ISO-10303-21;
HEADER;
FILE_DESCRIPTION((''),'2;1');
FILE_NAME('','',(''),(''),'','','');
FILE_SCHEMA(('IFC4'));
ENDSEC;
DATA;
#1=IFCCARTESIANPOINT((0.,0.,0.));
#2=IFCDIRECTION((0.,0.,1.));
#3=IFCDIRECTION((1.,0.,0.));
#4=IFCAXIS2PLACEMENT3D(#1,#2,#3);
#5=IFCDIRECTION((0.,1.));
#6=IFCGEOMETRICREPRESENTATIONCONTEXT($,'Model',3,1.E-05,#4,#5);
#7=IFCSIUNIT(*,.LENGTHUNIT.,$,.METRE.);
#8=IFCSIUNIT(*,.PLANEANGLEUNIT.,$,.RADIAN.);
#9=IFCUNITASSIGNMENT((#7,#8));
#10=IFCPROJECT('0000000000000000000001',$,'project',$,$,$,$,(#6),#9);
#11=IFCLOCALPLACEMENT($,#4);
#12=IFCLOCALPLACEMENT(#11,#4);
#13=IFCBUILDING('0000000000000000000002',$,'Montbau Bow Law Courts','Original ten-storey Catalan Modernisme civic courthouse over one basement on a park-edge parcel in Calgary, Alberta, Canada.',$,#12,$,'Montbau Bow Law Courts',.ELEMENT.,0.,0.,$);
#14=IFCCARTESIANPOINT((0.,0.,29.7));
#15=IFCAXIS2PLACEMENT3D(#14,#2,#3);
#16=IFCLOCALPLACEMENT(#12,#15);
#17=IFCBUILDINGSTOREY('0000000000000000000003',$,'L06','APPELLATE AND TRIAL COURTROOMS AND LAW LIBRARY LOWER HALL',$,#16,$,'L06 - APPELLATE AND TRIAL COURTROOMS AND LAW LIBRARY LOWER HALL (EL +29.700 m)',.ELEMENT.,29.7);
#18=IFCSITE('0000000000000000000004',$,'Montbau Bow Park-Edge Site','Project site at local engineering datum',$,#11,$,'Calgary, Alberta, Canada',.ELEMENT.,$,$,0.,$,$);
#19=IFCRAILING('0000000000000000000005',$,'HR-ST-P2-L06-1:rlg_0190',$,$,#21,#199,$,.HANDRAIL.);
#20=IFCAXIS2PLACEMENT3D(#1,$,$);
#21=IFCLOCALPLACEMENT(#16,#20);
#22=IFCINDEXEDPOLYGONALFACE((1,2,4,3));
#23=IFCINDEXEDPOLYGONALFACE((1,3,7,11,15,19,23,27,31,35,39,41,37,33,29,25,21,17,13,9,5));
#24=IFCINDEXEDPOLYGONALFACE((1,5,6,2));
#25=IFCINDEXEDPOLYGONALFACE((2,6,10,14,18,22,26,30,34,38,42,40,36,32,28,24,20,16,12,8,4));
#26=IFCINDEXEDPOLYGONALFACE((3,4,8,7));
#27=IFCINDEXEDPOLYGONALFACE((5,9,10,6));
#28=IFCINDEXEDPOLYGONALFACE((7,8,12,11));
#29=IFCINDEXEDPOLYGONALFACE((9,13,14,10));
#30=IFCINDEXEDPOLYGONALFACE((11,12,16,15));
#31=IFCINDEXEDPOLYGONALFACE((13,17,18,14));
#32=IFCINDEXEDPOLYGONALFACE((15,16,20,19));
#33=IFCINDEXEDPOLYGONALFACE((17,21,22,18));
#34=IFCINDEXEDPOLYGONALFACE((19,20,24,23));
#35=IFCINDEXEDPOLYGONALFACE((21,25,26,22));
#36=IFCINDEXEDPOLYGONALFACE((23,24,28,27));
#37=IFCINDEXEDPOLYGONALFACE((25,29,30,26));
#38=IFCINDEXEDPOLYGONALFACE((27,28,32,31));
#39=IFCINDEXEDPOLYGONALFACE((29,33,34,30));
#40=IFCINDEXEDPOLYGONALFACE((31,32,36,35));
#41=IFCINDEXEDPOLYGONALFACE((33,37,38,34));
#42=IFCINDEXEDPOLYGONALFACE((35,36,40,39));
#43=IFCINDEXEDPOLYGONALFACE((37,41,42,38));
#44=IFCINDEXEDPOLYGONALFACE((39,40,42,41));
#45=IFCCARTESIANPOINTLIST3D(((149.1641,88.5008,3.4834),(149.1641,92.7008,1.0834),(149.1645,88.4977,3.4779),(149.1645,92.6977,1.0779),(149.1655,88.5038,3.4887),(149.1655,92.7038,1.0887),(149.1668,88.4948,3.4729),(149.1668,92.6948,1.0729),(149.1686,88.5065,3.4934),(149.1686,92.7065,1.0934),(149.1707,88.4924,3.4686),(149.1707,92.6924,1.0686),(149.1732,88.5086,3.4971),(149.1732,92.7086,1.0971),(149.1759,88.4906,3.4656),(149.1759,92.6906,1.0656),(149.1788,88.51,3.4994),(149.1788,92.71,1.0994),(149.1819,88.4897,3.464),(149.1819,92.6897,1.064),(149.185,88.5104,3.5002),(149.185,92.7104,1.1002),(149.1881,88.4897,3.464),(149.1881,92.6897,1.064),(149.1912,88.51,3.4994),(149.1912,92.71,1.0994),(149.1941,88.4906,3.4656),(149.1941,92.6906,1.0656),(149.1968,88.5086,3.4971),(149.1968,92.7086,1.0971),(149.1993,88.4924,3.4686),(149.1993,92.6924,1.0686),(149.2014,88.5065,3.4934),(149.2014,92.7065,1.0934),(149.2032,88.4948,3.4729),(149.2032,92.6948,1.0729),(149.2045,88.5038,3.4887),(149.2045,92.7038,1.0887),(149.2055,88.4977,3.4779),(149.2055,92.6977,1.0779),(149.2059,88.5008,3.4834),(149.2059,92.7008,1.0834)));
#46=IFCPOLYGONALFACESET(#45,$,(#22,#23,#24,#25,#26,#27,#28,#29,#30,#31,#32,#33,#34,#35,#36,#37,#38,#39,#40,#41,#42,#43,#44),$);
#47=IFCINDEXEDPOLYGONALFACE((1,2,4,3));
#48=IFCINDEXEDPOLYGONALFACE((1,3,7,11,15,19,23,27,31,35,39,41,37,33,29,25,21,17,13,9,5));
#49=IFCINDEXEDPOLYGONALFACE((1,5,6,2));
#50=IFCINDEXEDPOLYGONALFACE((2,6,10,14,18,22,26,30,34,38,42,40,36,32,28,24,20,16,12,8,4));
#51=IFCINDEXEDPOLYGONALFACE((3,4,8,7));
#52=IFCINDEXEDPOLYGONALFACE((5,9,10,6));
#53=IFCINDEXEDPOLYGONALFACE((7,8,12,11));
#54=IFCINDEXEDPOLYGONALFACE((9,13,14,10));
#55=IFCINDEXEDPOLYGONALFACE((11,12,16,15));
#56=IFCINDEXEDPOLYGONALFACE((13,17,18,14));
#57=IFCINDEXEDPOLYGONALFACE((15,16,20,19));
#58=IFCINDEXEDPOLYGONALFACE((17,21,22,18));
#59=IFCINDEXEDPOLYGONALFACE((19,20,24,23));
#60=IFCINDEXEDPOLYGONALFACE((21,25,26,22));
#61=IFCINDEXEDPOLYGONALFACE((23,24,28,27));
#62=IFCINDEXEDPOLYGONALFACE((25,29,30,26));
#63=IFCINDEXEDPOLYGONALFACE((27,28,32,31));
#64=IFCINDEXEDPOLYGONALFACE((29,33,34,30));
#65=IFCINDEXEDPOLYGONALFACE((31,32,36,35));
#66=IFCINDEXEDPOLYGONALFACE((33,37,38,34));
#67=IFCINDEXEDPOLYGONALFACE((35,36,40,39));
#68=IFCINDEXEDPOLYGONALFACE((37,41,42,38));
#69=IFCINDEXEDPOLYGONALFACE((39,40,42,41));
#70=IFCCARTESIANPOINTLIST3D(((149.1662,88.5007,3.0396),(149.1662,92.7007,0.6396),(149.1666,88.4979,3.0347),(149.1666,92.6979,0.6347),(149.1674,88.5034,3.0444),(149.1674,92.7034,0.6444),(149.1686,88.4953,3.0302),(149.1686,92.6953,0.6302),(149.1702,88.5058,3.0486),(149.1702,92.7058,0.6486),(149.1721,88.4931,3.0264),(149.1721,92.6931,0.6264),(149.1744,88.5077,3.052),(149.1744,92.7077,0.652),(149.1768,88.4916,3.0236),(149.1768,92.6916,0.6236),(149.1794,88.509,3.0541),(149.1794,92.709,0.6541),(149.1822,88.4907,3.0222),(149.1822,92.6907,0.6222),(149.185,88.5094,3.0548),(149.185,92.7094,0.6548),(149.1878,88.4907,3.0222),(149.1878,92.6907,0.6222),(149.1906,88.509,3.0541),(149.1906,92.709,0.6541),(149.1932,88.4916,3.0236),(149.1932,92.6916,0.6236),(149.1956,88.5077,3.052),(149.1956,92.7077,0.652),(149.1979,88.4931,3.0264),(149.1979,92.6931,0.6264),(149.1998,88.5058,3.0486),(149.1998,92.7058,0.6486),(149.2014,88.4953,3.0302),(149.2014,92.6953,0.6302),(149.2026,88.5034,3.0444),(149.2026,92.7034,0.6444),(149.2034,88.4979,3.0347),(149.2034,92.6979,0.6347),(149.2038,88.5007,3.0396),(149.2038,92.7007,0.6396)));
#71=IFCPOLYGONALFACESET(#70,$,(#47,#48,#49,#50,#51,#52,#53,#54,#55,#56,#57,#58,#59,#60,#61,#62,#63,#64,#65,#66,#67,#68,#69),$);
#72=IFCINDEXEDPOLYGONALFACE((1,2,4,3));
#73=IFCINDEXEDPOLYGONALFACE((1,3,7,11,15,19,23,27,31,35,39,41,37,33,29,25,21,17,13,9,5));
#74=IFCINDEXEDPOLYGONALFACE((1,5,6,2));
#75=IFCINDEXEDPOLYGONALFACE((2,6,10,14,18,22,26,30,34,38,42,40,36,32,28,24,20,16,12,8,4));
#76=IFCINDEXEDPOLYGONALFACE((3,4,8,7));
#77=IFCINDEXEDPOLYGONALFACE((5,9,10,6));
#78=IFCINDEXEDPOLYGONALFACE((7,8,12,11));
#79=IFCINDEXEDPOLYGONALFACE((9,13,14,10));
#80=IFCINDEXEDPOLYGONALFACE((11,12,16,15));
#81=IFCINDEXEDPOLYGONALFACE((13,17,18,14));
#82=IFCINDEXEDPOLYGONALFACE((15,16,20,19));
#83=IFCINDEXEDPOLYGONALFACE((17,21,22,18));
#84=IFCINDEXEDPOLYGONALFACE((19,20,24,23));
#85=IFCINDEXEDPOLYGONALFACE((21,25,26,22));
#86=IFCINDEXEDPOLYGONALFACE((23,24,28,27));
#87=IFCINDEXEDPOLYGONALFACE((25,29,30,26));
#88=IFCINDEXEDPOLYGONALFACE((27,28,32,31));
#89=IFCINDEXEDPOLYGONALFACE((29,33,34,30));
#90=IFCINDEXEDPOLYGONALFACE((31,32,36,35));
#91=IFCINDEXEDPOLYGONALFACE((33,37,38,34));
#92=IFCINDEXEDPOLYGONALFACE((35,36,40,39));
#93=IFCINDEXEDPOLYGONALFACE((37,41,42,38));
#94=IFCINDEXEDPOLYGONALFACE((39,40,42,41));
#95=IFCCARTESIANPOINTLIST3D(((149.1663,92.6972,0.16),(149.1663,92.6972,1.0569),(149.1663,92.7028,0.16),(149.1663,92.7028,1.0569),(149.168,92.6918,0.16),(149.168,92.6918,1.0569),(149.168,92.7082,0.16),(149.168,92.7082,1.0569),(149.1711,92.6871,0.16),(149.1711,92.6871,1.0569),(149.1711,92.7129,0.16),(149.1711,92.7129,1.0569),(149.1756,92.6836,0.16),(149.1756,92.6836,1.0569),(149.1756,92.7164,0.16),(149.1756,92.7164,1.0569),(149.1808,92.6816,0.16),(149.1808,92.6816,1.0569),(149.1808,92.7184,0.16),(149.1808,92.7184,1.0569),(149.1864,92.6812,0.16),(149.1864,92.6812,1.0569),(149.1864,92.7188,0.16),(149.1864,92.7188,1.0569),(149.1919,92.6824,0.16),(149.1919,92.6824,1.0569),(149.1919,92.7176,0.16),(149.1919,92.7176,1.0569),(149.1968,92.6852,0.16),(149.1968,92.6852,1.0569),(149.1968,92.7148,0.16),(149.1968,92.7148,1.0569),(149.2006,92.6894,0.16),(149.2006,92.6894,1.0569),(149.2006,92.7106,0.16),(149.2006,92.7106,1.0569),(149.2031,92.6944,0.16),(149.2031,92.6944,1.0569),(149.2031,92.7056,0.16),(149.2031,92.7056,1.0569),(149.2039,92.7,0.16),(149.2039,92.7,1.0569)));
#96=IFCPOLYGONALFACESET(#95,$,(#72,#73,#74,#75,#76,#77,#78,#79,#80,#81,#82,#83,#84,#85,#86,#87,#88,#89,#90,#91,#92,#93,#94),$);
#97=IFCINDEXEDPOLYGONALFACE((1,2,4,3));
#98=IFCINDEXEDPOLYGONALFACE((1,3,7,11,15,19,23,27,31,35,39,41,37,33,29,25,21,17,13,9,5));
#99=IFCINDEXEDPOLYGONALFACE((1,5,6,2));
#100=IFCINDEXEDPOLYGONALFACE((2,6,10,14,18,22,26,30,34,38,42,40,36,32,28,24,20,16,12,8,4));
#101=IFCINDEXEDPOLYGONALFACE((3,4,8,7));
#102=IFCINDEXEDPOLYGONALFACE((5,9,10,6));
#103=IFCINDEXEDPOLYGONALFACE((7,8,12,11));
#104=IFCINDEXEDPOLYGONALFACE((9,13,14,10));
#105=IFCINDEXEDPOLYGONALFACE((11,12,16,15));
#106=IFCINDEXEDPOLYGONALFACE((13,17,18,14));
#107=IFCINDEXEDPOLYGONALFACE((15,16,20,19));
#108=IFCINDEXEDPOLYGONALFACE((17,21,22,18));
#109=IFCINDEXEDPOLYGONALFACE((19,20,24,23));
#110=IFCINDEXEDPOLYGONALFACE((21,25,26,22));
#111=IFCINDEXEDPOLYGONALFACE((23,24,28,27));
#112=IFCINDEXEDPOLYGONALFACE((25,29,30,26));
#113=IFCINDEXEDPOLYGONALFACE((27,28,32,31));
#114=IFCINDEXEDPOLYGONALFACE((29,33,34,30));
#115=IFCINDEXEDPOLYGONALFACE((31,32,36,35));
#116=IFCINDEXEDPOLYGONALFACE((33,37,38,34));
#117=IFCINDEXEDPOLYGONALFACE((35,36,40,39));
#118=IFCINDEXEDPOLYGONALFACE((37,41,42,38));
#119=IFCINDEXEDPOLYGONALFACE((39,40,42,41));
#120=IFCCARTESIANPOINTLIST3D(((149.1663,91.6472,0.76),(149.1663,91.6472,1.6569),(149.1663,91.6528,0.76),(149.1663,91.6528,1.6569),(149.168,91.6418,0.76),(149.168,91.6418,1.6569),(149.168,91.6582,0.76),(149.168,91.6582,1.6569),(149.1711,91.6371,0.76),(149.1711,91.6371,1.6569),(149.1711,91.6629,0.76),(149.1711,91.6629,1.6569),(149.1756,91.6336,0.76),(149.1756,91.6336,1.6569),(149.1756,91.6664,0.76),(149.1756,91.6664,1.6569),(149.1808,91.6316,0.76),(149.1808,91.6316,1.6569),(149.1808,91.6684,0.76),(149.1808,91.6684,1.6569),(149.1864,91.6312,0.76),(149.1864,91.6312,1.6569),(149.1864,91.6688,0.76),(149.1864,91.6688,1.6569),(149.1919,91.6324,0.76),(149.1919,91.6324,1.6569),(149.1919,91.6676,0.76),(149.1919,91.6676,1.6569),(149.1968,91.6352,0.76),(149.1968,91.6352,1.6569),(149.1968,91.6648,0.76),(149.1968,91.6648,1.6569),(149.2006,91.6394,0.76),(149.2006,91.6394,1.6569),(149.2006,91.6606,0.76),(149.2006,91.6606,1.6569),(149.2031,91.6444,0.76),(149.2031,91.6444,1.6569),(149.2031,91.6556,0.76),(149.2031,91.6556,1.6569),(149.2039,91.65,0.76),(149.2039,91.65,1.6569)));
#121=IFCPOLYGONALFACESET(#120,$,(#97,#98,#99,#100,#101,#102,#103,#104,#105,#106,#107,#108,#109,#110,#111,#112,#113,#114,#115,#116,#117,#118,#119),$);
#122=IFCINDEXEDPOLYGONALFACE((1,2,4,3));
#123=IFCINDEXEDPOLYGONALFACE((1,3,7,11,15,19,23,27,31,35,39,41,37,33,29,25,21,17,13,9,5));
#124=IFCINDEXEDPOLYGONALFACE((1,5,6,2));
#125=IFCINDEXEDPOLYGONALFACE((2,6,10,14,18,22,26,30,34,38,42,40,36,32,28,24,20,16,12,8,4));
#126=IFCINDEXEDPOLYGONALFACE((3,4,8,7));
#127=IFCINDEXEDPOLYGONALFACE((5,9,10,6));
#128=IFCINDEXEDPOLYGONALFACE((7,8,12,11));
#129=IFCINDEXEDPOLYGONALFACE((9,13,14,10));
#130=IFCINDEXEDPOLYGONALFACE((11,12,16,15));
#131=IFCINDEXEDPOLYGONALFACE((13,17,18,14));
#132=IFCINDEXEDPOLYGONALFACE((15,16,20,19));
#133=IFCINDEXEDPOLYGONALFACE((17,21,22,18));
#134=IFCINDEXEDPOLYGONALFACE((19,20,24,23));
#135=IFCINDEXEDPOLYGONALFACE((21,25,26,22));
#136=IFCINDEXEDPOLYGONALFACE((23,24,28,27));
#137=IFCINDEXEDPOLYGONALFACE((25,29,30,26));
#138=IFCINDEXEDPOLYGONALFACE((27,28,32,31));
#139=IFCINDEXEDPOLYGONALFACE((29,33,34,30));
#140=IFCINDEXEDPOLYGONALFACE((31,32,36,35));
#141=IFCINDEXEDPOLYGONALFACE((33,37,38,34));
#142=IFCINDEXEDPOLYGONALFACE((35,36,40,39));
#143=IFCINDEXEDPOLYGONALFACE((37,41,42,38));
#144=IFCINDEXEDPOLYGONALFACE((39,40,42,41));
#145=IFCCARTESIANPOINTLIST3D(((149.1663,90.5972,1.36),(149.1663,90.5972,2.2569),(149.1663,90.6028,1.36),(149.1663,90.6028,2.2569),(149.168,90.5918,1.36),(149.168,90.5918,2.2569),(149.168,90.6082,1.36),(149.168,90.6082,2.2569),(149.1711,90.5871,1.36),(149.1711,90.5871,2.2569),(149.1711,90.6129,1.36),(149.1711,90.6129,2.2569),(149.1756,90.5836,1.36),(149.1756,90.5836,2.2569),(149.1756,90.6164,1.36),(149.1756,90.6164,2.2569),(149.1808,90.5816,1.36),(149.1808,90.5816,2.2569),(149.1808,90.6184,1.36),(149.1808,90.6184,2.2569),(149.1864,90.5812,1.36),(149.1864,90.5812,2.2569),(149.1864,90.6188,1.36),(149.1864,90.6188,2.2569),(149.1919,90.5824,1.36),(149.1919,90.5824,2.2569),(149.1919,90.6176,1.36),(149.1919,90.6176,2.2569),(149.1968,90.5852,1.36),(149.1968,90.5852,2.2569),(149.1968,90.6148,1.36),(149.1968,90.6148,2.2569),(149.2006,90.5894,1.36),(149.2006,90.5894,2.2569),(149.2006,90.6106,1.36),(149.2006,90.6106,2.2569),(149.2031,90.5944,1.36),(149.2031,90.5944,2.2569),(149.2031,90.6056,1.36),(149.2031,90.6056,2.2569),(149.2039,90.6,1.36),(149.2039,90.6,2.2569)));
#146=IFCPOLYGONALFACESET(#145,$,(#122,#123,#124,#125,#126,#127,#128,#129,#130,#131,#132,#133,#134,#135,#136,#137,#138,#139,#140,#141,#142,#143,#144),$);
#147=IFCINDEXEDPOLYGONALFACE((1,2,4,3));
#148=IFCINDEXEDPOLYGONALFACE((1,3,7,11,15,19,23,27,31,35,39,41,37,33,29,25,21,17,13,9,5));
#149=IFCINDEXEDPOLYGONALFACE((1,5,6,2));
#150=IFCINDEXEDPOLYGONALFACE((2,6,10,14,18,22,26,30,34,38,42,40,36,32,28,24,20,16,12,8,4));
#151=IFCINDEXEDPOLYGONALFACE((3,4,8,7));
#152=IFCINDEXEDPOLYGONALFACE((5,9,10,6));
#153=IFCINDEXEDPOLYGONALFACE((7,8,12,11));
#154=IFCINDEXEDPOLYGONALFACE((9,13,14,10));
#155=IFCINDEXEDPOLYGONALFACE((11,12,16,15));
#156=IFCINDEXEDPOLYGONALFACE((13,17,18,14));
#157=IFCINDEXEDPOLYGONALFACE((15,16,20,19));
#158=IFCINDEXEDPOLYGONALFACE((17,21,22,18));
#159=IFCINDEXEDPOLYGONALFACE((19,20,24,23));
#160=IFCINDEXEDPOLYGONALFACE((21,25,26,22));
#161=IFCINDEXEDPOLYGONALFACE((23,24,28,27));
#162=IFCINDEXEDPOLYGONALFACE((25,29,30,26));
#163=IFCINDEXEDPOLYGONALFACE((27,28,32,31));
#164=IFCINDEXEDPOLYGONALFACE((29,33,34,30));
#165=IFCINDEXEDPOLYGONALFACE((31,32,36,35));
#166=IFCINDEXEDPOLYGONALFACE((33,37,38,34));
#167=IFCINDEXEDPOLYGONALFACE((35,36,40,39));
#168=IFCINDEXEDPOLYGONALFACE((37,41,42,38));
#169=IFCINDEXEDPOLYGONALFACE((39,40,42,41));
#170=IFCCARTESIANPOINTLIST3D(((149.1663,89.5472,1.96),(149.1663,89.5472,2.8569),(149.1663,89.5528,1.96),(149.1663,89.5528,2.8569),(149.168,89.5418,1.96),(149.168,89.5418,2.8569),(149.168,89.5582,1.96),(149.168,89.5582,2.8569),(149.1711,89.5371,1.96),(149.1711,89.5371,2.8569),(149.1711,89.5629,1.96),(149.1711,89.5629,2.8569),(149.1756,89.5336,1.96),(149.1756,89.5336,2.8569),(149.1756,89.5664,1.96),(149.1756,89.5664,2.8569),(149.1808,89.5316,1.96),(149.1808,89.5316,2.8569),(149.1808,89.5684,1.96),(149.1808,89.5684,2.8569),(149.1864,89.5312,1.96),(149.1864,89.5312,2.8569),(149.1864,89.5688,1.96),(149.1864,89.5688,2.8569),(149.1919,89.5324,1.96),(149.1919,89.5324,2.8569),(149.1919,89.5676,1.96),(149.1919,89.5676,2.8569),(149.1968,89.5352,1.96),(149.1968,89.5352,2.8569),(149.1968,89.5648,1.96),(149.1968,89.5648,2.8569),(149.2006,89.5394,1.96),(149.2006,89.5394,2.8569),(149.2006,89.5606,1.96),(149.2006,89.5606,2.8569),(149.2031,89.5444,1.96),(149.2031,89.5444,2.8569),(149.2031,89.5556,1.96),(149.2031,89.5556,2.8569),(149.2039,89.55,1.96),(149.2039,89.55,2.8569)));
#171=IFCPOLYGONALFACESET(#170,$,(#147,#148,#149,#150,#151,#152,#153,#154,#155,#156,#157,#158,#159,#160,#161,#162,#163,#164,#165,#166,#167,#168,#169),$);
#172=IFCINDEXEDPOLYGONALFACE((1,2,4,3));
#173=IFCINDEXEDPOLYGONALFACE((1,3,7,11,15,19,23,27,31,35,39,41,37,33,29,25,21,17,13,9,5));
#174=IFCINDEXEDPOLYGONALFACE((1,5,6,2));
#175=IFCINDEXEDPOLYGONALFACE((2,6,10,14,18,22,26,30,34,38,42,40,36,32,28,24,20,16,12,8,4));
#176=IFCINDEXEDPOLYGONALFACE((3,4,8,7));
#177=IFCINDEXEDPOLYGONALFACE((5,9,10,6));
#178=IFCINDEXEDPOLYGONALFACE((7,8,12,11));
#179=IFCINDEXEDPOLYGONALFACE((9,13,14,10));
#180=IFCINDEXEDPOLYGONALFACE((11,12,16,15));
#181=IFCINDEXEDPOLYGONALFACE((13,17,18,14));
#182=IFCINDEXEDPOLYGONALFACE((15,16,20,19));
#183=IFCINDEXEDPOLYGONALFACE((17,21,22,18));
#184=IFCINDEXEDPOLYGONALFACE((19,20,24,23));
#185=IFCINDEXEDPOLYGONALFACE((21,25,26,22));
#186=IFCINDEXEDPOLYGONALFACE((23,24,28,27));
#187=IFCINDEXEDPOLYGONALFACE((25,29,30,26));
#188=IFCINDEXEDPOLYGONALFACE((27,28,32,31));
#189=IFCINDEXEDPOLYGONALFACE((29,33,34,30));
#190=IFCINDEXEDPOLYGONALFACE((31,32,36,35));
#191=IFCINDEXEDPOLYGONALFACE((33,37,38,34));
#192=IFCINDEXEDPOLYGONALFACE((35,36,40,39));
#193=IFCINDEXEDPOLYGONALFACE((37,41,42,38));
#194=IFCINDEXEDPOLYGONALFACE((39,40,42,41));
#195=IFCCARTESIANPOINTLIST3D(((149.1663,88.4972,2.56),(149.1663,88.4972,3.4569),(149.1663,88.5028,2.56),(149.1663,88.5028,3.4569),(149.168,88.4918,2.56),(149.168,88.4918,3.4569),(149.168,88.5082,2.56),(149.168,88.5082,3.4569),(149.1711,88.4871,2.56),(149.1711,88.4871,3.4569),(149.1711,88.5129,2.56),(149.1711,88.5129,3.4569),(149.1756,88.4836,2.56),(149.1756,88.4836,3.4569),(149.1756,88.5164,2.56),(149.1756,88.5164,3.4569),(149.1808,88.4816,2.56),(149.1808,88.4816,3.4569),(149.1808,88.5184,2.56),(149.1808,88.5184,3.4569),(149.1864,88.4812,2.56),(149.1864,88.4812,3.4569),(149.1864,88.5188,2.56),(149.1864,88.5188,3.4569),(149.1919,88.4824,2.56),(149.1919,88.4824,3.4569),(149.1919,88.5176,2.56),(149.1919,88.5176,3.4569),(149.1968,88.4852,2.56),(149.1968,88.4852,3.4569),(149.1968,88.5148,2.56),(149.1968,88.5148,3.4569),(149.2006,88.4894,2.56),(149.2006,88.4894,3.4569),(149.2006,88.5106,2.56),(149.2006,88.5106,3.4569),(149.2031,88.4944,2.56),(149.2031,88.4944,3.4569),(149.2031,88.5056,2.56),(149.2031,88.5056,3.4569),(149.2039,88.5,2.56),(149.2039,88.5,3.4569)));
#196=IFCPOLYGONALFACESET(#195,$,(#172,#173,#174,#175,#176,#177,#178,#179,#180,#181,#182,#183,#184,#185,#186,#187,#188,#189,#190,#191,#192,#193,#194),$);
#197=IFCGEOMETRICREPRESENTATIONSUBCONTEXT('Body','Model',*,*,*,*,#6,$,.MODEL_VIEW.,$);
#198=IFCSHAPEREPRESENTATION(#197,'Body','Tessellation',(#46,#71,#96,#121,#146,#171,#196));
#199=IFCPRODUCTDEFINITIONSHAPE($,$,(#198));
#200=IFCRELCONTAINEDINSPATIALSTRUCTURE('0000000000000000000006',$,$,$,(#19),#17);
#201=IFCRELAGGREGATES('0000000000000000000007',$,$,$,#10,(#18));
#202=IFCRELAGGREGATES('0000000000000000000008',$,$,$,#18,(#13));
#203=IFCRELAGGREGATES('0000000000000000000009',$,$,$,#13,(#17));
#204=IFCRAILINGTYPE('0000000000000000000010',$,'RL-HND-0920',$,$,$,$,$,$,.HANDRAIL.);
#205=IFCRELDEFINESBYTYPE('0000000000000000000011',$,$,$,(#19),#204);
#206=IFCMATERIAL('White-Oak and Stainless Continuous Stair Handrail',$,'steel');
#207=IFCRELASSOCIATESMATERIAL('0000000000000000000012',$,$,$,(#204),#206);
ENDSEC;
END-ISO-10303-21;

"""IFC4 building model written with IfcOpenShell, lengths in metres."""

from ifc_helpers import new_model, si_unit, direction, frame, origin_with_axes, origin_2d_with_axis, place, context, subcontext, project, spatial, circle, extrude, material, type_object, element, save


model = new_model("IFC4")

# Units and contexts
model_context = context("Model", 3, precision=1e-05, world=origin_with_axes(), true_north=direction((0.0, 1.0)))
body_context = subcontext(model_context, "Body", "Model", "MODEL_VIEW")
ifc_project = project(units=[si_unit("LENGTHUNIT", "METRE"), si_unit("PLANEANGLEUNIT", "RADIAN")], contexts=[model_context])

# Site, building, storey
site_placement = place(None, origin_with_axes())
site = spatial("IfcSite", under=ifc_project, at=site_placement, Name="Montbau Bow Park-Edge Site", Description="Project site at local engineering datum", LongName="Calgary, Alberta, Canada", CompositionType="ELEMENT", RefElevation=0.0)
building_placement = place(site_placement, origin_with_axes())
building = spatial("IfcBuilding", under=site, at=building_placement, Name="Montbau Bow Law Courts", Description="Original ten-storey Catalan Modernisme civic courthouse over one basement on a park-edge parcel in Calgary, Alberta, Canada.", LongName="Montbau Bow Law Courts", CompositionType="ELEMENT", ElevationOfRefHeight=0.0, ElevationOfTerrain=0.0)
storey_placement = place(building_placement, frame((0.0, 0.0, 29.7), z_axis=(0.0, 0.0, 1.0), x_axis=(1.0, 0.0, 0.0)))
storey = spatial("IfcBuildingStorey", under=building, at=storey_placement, Name="L06", Description="APPELLATE AND TRIAL COURTROOMS AND LAW LIBRARY LOWER HALL", LongName="L06 - APPELLATE AND TRIAL COURTROOMS AND LAW LIBRARY LOWER HALL (EL +29.700 m)", CompositionType="ELEMENT", Elevation=29.7)

# Railing
ifc_material_1 = material(Name="White-Oak and Stainless Continuous Stair Handrail", Category="steel")
railing_type_1 = type_object("IfcRailingType", Name="RL-HND-0920", PredefinedType="HANDRAIL", material=ifc_material_1)
railing_1_placement = place(None, origin_with_axes())
element("IfcRailing", 1, at=railing_1_placement, inside=storey, type_object=railing_type_1, Name="HR-ST-P2-L06-1:rlg_0190", PredefinedType="HANDRAIL", context=body_context, shape_type="SweptSolid", body=[
    extrude(circle(Radius=0.021, at=origin_2d_with_axis()), frame((149.185, 92.7, 30.782), z_axis=(0.0, -0.868243, 0.496139), x_axis=(0.0, 0.496139, 0.868243)), (0.0, 0.0, 1.0), 4.8374),
    extrude(circle(Radius=0.0189, at=origin_2d_with_axis()), frame((149.185, 92.7, 30.3384), z_axis=(0.0, -0.868243, 0.496139), x_axis=(0.0, 0.496139, 0.868243)), (0.0, 0.0, 1.0), 4.8374),
    extrude(circle(Radius=0.0189, at=origin_2d_with_axis()), frame((149.185, 92.7, 29.86), z_axis=(0.0, 0.0, 1.0), x_axis=(1.0, 0.0, 0.0)), (0.0, 0.0, 1.0), 0.8969),
    extrude(circle(Radius=0.0189, at=origin_2d_with_axis()), frame((149.185, 91.65, 30.46), z_axis=(0.0, 0.0, 1.0), x_axis=(1.0, 0.0, 0.0)), (0.0, 0.0, 1.0), 0.8969),
    extrude(circle(Radius=0.0189, at=origin_2d_with_axis()), frame((149.185, 90.6, 31.06), z_axis=(0.0, 0.0, 1.0), x_axis=(1.0, 0.0, 0.0)), (0.0, 0.0, 1.0), 0.8969),
    extrude(circle(Radius=0.0189, at=origin_2d_with_axis()), frame((149.185, 89.55, 31.66), z_axis=(0.0, 0.0, 1.0), x_axis=(1.0, 0.0, 0.0)), (0.0, 0.0, 1.0), 0.8969),
    extrude(circle(Radius=0.0189, at=origin_2d_with_axis()), frame((149.185, 88.5, 32.26), z_axis=(0.0, 0.0, 1.0), x_axis=(1.0, 0.0, 0.0)), (0.0, 0.0, 1.0), 0.8969),
])

save(model, "model.ifc")
